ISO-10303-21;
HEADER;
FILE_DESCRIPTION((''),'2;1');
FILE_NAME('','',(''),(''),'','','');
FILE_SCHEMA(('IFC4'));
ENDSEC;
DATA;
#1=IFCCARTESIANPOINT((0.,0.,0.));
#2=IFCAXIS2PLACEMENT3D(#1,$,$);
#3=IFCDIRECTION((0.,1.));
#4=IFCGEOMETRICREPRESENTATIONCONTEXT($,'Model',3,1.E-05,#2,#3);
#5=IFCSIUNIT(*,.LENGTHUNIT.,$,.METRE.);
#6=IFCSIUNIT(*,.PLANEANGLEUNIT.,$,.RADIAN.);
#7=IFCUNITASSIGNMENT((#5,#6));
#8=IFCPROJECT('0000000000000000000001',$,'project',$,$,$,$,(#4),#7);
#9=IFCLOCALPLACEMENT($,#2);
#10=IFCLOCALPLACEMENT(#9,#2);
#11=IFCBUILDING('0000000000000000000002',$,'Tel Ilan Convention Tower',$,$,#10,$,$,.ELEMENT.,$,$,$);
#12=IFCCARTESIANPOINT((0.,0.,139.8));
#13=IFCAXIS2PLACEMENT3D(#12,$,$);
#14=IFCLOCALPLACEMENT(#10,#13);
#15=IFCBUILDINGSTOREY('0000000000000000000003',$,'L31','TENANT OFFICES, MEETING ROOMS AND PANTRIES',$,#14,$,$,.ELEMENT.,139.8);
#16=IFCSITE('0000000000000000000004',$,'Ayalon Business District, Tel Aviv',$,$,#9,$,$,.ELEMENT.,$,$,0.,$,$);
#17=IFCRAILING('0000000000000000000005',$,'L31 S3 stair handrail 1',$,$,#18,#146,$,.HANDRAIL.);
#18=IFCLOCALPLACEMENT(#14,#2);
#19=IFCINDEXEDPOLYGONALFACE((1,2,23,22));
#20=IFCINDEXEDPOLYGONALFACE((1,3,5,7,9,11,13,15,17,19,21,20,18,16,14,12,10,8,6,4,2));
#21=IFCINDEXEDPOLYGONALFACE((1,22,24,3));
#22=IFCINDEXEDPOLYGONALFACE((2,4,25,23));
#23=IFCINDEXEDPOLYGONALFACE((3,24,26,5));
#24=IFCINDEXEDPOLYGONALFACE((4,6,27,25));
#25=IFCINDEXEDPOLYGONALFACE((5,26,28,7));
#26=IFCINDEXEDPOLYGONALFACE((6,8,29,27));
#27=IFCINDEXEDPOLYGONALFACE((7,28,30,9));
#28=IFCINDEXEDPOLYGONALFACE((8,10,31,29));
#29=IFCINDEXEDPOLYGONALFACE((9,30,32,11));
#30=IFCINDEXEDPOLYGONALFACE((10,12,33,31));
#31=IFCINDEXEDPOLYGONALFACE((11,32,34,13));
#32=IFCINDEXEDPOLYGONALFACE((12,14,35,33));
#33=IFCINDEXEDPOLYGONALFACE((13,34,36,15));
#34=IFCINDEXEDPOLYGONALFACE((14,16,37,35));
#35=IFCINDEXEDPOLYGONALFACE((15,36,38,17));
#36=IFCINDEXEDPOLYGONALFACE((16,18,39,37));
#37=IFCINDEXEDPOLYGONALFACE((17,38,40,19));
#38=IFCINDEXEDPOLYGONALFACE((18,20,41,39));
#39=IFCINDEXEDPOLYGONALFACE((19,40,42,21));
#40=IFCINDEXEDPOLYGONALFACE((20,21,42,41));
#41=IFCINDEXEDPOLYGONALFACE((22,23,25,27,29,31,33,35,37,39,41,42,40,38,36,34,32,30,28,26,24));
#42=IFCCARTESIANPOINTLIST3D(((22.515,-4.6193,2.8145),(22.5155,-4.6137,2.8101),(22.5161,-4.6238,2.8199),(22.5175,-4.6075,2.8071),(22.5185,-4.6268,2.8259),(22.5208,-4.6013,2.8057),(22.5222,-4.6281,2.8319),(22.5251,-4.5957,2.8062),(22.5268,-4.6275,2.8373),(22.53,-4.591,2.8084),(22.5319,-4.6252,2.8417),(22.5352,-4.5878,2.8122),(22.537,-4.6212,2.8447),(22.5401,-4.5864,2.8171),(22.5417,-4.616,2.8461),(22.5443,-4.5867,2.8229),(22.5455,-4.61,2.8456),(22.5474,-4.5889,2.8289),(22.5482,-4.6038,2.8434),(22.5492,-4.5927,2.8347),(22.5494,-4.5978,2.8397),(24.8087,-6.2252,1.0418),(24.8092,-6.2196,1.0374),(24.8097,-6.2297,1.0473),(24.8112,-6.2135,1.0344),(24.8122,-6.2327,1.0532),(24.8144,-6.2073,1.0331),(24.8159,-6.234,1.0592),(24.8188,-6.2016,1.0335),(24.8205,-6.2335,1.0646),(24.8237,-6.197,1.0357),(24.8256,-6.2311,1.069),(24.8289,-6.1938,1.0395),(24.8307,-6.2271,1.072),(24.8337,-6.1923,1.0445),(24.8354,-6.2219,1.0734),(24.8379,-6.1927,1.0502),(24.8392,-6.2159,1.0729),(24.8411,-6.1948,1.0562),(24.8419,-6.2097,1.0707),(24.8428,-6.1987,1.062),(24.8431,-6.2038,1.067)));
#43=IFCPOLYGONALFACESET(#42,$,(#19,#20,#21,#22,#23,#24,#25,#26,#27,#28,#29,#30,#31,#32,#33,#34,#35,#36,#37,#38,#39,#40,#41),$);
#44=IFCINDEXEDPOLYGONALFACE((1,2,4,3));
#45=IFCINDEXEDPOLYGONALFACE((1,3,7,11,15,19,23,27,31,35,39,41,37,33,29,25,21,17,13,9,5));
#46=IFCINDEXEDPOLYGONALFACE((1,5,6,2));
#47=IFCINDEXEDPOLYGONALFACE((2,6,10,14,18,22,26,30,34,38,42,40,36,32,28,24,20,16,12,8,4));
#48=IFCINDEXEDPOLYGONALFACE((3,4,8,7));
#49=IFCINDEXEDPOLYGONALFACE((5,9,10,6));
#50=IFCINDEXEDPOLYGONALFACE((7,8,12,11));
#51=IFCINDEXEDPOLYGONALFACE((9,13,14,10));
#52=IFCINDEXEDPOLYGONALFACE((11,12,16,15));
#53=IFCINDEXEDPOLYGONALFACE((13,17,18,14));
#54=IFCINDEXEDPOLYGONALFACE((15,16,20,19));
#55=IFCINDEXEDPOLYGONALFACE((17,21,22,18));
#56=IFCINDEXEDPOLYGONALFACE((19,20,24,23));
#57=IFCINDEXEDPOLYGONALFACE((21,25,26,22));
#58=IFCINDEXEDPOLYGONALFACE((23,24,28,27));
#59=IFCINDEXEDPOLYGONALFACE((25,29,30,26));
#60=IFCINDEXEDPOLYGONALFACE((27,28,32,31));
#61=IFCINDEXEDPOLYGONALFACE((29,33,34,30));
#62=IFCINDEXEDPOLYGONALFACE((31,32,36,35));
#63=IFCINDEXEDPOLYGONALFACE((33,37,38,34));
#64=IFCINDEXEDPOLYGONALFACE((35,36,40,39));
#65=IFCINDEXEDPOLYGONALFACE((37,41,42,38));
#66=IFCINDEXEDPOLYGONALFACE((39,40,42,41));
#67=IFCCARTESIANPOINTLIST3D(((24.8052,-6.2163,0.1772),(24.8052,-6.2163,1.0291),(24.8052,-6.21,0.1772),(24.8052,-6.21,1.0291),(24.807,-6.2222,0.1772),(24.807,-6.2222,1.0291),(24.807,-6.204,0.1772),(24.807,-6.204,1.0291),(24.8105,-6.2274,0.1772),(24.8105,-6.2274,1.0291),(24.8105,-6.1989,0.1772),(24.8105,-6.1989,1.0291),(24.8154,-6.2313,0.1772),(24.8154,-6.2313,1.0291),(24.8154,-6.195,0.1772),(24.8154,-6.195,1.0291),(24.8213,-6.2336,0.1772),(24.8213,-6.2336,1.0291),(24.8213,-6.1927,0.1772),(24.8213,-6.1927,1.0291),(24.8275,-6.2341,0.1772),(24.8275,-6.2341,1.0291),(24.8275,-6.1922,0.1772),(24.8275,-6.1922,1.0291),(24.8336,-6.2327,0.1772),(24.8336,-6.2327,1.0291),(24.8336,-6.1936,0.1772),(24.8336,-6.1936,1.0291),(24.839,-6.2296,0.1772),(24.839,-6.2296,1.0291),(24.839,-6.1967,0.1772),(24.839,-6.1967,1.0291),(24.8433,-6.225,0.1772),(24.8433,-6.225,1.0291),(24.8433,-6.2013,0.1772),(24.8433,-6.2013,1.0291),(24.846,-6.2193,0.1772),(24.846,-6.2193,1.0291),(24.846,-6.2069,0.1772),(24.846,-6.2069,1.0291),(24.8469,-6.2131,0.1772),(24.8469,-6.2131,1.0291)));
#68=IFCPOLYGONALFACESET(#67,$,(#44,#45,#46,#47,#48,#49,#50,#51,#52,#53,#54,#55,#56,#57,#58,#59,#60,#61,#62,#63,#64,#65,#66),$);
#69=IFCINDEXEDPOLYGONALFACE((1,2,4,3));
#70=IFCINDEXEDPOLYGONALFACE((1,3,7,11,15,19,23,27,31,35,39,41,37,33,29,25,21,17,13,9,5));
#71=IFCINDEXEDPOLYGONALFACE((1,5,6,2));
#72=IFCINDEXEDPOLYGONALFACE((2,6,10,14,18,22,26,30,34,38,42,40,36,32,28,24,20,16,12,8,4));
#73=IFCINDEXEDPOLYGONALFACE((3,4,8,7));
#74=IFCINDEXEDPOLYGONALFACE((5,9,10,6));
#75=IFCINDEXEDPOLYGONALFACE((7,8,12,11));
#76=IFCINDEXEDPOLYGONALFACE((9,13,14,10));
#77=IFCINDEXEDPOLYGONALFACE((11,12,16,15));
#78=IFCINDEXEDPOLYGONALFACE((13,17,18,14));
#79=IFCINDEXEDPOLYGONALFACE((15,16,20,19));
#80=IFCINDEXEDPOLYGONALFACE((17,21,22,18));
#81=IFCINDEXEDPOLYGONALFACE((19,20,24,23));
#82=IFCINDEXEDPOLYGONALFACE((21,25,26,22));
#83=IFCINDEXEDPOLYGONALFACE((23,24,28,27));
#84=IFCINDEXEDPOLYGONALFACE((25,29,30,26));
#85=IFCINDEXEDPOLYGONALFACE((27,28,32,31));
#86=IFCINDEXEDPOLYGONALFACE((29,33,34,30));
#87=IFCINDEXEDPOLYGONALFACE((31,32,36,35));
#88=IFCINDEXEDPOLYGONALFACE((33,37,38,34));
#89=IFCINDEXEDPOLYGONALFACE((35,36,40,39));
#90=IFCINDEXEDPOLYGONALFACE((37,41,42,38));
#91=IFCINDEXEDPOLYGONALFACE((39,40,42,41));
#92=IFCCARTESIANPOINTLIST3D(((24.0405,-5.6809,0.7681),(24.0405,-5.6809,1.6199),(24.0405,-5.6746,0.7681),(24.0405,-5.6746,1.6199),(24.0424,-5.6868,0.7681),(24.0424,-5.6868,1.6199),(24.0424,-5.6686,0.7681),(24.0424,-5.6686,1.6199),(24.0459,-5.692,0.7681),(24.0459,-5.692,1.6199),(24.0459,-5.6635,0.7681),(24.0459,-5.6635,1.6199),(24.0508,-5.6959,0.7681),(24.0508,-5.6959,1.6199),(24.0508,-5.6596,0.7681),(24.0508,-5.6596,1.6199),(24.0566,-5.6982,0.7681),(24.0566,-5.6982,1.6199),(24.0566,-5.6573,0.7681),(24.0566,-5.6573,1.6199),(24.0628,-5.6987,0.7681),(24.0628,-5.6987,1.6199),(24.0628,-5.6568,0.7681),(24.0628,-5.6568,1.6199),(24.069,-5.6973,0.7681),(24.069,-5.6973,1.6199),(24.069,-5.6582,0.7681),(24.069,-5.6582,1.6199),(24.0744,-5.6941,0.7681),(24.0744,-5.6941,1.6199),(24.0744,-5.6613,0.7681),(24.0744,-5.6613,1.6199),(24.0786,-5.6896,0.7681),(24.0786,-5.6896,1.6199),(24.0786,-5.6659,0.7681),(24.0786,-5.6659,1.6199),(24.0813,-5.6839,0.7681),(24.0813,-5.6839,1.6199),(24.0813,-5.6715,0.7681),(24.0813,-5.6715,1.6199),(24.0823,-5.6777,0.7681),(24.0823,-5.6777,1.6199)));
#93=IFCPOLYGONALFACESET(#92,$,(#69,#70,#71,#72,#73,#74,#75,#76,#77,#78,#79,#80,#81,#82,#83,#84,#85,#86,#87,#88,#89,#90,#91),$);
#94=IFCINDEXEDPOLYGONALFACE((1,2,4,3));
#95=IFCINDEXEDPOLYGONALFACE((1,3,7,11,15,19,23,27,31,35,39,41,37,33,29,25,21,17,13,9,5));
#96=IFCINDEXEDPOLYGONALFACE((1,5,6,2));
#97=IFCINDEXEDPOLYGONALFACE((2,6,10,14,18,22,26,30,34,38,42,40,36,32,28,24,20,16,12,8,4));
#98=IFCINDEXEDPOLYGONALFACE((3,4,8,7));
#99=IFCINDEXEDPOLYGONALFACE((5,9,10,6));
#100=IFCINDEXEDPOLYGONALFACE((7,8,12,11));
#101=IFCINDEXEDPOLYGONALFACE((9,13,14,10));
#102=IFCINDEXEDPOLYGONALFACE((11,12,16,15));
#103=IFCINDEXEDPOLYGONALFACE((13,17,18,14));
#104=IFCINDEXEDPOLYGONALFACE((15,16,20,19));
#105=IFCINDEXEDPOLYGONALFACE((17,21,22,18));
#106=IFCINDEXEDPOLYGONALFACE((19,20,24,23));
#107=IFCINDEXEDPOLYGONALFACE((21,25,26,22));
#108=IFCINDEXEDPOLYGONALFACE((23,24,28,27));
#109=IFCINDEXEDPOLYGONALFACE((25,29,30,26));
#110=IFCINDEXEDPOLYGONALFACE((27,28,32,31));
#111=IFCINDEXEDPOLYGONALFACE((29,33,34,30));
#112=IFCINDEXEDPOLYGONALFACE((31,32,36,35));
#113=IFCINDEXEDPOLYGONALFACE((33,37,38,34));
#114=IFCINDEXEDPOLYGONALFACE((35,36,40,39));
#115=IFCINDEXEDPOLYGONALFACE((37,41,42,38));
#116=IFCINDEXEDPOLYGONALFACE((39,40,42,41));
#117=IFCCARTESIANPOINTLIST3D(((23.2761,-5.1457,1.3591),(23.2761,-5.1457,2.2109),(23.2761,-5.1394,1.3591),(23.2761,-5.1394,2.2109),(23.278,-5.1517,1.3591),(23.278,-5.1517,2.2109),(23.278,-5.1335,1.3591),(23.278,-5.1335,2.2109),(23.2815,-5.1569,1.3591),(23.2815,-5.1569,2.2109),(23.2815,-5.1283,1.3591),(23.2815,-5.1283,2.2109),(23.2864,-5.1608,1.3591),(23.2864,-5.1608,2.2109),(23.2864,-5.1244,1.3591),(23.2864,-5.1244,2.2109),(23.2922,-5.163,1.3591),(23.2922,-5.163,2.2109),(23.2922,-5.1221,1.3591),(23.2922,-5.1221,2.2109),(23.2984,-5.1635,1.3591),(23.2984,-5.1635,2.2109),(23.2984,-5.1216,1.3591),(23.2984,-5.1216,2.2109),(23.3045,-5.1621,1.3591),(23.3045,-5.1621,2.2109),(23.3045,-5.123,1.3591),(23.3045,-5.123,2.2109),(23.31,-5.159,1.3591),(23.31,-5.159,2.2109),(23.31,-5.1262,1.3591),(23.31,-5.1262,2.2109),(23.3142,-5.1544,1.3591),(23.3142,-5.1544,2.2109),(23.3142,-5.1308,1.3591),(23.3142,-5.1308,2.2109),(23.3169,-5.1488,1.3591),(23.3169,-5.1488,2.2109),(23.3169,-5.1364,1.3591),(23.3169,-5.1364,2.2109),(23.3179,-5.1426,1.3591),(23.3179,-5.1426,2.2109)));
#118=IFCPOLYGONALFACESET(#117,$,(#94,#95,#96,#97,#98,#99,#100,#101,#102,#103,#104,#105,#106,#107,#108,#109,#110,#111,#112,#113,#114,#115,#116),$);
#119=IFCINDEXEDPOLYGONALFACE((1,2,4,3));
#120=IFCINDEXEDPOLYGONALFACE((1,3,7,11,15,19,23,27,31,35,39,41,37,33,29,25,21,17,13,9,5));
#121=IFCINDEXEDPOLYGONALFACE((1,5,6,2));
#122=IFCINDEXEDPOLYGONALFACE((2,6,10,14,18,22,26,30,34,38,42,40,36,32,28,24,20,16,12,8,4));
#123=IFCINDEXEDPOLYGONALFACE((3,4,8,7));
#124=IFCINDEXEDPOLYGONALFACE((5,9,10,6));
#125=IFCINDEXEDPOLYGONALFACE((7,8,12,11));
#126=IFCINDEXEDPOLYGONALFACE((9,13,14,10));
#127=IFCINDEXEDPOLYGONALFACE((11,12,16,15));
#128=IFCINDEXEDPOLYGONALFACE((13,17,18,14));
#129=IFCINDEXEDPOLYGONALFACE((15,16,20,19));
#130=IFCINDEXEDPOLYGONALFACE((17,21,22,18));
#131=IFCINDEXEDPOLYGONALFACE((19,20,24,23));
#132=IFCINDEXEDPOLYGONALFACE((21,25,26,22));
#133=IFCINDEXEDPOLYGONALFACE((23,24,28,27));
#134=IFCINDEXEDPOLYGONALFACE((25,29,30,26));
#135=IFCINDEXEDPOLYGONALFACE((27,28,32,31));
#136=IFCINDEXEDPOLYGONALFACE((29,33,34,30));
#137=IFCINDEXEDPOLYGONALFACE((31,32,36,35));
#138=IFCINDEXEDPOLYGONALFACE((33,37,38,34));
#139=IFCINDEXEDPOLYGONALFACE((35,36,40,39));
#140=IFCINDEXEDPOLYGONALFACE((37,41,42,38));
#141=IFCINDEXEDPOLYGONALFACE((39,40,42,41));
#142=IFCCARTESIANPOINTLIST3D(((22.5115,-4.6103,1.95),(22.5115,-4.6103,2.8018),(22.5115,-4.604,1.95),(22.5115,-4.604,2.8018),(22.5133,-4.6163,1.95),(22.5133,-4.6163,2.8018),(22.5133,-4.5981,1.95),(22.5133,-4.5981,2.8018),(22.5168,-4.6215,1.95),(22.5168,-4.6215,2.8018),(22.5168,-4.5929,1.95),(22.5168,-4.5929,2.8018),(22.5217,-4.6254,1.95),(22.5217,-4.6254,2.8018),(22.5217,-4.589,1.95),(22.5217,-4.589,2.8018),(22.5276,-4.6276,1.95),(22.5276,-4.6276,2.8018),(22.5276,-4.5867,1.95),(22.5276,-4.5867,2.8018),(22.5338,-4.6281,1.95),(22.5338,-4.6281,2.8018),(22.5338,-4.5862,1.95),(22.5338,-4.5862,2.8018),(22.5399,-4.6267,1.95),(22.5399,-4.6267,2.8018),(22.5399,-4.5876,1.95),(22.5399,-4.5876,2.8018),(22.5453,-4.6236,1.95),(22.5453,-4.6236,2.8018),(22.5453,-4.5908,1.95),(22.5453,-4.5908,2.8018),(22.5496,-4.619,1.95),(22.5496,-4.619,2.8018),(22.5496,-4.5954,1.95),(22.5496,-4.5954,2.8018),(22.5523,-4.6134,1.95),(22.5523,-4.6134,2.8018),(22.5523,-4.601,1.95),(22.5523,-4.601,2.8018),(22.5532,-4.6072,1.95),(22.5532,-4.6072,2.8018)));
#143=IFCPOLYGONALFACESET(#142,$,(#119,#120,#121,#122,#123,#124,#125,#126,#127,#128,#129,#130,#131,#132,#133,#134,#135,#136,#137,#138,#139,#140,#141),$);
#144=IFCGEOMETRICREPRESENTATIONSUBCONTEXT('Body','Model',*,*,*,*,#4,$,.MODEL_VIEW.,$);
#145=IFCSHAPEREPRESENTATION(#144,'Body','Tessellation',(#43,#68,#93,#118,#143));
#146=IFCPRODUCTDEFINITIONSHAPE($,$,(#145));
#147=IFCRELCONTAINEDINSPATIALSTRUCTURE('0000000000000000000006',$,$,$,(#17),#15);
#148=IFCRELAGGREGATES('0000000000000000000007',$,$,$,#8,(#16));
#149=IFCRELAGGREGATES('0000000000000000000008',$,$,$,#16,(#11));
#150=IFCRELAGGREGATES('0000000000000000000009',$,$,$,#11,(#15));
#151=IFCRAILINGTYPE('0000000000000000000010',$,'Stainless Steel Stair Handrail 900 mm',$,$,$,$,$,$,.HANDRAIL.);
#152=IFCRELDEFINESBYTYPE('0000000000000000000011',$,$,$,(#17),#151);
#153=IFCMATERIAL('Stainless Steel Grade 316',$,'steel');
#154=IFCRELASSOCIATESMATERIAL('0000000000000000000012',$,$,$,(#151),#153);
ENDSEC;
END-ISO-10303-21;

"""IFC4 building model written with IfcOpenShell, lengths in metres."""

from ifc_helpers import new_model, si_unit, direction, frame, origin, origin_2d, place, context, subcontext, project, spatial, circle, extrude, material, type_object, element, save


model = new_model("IFC4")

# Units and contexts
model_context = context("Model", 3, precision=1e-05, world=origin(), true_north=direction((0.0, 1.0)))
body_context = subcontext(model_context, "Body", "Model", "MODEL_VIEW")
ifc_project = project(units=[si_unit("LENGTHUNIT", "METRE"), si_unit("PLANEANGLEUNIT", "RADIAN")], contexts=[model_context])

# Site, building, storey
site_placement = place(None, origin())
site = spatial("IfcSite", under=ifc_project, at=site_placement, Name="Ayalon Business District, Tel Aviv", CompositionType="ELEMENT", RefElevation=0.0)
building_placement = place(site_placement, origin())
building = spatial("IfcBuilding", under=site, at=building_placement, Name="Tel Ilan Convention Tower", CompositionType="ELEMENT")
storey_placement = place(building_placement, frame((0.0, 0.0, 139.8)))
storey = spatial("IfcBuildingStorey", under=building, at=storey_placement, Name="L31", Description="TENANT OFFICES, MEETING ROOMS AND PANTRIES", CompositionType="ELEMENT", Elevation=139.8)

# Railing
ifc_material_1 = material(Name="Stainless Steel Grade 316", Category="steel")
railing_type_1 = type_object("IfcRailingType", Name="Stainless Steel Stair Handrail 900 mm", PredefinedType="HANDRAIL", material=ifc_material_1)
railing_1_placement = place(storey_placement, frame((24.8259, -6.2131, 0.1772)))
element("IfcRailing", 1, at=railing_1_placement, inside=storey, type_object=railing_type_1, Name="L31 S3 stair handrail 1", PredefinedType="HANDRAIL", context=body_context, shape_type="SweptSolid", body=[
    extrude(circle(Radius=0.0239, at=origin_2d()), frame((0.0, 0.0, 0.876), z_axis=(-0.692123, 0.484597, 0.534913), x_axis=(-0.57355, -0.81917, 0.0)), (0.0, 0.0, 1.0), 3.314),
    extrude(circle(Radius=0.021, at=origin_2d()), origin(), (0.0, 0.0, 1.0), 0.8518),
    extrude(circle(Radius=0.021, at=origin_2d()), frame((-0.7646, 0.5354, 0.5908)), (0.0, 0.0, 1.0), 0.8518),
    extrude(circle(Radius=0.021, at=origin_2d()), frame((-1.5291, 1.0706, 1.1819)), (0.0, 0.0, 1.0), 0.8518),
    extrude(circle(Radius=0.021, at=origin_2d()), frame((-2.2937, 1.606, 1.7727)), (0.0, 0.0, 1.0), 0.8518),
])

save(model, "model.ifc")
